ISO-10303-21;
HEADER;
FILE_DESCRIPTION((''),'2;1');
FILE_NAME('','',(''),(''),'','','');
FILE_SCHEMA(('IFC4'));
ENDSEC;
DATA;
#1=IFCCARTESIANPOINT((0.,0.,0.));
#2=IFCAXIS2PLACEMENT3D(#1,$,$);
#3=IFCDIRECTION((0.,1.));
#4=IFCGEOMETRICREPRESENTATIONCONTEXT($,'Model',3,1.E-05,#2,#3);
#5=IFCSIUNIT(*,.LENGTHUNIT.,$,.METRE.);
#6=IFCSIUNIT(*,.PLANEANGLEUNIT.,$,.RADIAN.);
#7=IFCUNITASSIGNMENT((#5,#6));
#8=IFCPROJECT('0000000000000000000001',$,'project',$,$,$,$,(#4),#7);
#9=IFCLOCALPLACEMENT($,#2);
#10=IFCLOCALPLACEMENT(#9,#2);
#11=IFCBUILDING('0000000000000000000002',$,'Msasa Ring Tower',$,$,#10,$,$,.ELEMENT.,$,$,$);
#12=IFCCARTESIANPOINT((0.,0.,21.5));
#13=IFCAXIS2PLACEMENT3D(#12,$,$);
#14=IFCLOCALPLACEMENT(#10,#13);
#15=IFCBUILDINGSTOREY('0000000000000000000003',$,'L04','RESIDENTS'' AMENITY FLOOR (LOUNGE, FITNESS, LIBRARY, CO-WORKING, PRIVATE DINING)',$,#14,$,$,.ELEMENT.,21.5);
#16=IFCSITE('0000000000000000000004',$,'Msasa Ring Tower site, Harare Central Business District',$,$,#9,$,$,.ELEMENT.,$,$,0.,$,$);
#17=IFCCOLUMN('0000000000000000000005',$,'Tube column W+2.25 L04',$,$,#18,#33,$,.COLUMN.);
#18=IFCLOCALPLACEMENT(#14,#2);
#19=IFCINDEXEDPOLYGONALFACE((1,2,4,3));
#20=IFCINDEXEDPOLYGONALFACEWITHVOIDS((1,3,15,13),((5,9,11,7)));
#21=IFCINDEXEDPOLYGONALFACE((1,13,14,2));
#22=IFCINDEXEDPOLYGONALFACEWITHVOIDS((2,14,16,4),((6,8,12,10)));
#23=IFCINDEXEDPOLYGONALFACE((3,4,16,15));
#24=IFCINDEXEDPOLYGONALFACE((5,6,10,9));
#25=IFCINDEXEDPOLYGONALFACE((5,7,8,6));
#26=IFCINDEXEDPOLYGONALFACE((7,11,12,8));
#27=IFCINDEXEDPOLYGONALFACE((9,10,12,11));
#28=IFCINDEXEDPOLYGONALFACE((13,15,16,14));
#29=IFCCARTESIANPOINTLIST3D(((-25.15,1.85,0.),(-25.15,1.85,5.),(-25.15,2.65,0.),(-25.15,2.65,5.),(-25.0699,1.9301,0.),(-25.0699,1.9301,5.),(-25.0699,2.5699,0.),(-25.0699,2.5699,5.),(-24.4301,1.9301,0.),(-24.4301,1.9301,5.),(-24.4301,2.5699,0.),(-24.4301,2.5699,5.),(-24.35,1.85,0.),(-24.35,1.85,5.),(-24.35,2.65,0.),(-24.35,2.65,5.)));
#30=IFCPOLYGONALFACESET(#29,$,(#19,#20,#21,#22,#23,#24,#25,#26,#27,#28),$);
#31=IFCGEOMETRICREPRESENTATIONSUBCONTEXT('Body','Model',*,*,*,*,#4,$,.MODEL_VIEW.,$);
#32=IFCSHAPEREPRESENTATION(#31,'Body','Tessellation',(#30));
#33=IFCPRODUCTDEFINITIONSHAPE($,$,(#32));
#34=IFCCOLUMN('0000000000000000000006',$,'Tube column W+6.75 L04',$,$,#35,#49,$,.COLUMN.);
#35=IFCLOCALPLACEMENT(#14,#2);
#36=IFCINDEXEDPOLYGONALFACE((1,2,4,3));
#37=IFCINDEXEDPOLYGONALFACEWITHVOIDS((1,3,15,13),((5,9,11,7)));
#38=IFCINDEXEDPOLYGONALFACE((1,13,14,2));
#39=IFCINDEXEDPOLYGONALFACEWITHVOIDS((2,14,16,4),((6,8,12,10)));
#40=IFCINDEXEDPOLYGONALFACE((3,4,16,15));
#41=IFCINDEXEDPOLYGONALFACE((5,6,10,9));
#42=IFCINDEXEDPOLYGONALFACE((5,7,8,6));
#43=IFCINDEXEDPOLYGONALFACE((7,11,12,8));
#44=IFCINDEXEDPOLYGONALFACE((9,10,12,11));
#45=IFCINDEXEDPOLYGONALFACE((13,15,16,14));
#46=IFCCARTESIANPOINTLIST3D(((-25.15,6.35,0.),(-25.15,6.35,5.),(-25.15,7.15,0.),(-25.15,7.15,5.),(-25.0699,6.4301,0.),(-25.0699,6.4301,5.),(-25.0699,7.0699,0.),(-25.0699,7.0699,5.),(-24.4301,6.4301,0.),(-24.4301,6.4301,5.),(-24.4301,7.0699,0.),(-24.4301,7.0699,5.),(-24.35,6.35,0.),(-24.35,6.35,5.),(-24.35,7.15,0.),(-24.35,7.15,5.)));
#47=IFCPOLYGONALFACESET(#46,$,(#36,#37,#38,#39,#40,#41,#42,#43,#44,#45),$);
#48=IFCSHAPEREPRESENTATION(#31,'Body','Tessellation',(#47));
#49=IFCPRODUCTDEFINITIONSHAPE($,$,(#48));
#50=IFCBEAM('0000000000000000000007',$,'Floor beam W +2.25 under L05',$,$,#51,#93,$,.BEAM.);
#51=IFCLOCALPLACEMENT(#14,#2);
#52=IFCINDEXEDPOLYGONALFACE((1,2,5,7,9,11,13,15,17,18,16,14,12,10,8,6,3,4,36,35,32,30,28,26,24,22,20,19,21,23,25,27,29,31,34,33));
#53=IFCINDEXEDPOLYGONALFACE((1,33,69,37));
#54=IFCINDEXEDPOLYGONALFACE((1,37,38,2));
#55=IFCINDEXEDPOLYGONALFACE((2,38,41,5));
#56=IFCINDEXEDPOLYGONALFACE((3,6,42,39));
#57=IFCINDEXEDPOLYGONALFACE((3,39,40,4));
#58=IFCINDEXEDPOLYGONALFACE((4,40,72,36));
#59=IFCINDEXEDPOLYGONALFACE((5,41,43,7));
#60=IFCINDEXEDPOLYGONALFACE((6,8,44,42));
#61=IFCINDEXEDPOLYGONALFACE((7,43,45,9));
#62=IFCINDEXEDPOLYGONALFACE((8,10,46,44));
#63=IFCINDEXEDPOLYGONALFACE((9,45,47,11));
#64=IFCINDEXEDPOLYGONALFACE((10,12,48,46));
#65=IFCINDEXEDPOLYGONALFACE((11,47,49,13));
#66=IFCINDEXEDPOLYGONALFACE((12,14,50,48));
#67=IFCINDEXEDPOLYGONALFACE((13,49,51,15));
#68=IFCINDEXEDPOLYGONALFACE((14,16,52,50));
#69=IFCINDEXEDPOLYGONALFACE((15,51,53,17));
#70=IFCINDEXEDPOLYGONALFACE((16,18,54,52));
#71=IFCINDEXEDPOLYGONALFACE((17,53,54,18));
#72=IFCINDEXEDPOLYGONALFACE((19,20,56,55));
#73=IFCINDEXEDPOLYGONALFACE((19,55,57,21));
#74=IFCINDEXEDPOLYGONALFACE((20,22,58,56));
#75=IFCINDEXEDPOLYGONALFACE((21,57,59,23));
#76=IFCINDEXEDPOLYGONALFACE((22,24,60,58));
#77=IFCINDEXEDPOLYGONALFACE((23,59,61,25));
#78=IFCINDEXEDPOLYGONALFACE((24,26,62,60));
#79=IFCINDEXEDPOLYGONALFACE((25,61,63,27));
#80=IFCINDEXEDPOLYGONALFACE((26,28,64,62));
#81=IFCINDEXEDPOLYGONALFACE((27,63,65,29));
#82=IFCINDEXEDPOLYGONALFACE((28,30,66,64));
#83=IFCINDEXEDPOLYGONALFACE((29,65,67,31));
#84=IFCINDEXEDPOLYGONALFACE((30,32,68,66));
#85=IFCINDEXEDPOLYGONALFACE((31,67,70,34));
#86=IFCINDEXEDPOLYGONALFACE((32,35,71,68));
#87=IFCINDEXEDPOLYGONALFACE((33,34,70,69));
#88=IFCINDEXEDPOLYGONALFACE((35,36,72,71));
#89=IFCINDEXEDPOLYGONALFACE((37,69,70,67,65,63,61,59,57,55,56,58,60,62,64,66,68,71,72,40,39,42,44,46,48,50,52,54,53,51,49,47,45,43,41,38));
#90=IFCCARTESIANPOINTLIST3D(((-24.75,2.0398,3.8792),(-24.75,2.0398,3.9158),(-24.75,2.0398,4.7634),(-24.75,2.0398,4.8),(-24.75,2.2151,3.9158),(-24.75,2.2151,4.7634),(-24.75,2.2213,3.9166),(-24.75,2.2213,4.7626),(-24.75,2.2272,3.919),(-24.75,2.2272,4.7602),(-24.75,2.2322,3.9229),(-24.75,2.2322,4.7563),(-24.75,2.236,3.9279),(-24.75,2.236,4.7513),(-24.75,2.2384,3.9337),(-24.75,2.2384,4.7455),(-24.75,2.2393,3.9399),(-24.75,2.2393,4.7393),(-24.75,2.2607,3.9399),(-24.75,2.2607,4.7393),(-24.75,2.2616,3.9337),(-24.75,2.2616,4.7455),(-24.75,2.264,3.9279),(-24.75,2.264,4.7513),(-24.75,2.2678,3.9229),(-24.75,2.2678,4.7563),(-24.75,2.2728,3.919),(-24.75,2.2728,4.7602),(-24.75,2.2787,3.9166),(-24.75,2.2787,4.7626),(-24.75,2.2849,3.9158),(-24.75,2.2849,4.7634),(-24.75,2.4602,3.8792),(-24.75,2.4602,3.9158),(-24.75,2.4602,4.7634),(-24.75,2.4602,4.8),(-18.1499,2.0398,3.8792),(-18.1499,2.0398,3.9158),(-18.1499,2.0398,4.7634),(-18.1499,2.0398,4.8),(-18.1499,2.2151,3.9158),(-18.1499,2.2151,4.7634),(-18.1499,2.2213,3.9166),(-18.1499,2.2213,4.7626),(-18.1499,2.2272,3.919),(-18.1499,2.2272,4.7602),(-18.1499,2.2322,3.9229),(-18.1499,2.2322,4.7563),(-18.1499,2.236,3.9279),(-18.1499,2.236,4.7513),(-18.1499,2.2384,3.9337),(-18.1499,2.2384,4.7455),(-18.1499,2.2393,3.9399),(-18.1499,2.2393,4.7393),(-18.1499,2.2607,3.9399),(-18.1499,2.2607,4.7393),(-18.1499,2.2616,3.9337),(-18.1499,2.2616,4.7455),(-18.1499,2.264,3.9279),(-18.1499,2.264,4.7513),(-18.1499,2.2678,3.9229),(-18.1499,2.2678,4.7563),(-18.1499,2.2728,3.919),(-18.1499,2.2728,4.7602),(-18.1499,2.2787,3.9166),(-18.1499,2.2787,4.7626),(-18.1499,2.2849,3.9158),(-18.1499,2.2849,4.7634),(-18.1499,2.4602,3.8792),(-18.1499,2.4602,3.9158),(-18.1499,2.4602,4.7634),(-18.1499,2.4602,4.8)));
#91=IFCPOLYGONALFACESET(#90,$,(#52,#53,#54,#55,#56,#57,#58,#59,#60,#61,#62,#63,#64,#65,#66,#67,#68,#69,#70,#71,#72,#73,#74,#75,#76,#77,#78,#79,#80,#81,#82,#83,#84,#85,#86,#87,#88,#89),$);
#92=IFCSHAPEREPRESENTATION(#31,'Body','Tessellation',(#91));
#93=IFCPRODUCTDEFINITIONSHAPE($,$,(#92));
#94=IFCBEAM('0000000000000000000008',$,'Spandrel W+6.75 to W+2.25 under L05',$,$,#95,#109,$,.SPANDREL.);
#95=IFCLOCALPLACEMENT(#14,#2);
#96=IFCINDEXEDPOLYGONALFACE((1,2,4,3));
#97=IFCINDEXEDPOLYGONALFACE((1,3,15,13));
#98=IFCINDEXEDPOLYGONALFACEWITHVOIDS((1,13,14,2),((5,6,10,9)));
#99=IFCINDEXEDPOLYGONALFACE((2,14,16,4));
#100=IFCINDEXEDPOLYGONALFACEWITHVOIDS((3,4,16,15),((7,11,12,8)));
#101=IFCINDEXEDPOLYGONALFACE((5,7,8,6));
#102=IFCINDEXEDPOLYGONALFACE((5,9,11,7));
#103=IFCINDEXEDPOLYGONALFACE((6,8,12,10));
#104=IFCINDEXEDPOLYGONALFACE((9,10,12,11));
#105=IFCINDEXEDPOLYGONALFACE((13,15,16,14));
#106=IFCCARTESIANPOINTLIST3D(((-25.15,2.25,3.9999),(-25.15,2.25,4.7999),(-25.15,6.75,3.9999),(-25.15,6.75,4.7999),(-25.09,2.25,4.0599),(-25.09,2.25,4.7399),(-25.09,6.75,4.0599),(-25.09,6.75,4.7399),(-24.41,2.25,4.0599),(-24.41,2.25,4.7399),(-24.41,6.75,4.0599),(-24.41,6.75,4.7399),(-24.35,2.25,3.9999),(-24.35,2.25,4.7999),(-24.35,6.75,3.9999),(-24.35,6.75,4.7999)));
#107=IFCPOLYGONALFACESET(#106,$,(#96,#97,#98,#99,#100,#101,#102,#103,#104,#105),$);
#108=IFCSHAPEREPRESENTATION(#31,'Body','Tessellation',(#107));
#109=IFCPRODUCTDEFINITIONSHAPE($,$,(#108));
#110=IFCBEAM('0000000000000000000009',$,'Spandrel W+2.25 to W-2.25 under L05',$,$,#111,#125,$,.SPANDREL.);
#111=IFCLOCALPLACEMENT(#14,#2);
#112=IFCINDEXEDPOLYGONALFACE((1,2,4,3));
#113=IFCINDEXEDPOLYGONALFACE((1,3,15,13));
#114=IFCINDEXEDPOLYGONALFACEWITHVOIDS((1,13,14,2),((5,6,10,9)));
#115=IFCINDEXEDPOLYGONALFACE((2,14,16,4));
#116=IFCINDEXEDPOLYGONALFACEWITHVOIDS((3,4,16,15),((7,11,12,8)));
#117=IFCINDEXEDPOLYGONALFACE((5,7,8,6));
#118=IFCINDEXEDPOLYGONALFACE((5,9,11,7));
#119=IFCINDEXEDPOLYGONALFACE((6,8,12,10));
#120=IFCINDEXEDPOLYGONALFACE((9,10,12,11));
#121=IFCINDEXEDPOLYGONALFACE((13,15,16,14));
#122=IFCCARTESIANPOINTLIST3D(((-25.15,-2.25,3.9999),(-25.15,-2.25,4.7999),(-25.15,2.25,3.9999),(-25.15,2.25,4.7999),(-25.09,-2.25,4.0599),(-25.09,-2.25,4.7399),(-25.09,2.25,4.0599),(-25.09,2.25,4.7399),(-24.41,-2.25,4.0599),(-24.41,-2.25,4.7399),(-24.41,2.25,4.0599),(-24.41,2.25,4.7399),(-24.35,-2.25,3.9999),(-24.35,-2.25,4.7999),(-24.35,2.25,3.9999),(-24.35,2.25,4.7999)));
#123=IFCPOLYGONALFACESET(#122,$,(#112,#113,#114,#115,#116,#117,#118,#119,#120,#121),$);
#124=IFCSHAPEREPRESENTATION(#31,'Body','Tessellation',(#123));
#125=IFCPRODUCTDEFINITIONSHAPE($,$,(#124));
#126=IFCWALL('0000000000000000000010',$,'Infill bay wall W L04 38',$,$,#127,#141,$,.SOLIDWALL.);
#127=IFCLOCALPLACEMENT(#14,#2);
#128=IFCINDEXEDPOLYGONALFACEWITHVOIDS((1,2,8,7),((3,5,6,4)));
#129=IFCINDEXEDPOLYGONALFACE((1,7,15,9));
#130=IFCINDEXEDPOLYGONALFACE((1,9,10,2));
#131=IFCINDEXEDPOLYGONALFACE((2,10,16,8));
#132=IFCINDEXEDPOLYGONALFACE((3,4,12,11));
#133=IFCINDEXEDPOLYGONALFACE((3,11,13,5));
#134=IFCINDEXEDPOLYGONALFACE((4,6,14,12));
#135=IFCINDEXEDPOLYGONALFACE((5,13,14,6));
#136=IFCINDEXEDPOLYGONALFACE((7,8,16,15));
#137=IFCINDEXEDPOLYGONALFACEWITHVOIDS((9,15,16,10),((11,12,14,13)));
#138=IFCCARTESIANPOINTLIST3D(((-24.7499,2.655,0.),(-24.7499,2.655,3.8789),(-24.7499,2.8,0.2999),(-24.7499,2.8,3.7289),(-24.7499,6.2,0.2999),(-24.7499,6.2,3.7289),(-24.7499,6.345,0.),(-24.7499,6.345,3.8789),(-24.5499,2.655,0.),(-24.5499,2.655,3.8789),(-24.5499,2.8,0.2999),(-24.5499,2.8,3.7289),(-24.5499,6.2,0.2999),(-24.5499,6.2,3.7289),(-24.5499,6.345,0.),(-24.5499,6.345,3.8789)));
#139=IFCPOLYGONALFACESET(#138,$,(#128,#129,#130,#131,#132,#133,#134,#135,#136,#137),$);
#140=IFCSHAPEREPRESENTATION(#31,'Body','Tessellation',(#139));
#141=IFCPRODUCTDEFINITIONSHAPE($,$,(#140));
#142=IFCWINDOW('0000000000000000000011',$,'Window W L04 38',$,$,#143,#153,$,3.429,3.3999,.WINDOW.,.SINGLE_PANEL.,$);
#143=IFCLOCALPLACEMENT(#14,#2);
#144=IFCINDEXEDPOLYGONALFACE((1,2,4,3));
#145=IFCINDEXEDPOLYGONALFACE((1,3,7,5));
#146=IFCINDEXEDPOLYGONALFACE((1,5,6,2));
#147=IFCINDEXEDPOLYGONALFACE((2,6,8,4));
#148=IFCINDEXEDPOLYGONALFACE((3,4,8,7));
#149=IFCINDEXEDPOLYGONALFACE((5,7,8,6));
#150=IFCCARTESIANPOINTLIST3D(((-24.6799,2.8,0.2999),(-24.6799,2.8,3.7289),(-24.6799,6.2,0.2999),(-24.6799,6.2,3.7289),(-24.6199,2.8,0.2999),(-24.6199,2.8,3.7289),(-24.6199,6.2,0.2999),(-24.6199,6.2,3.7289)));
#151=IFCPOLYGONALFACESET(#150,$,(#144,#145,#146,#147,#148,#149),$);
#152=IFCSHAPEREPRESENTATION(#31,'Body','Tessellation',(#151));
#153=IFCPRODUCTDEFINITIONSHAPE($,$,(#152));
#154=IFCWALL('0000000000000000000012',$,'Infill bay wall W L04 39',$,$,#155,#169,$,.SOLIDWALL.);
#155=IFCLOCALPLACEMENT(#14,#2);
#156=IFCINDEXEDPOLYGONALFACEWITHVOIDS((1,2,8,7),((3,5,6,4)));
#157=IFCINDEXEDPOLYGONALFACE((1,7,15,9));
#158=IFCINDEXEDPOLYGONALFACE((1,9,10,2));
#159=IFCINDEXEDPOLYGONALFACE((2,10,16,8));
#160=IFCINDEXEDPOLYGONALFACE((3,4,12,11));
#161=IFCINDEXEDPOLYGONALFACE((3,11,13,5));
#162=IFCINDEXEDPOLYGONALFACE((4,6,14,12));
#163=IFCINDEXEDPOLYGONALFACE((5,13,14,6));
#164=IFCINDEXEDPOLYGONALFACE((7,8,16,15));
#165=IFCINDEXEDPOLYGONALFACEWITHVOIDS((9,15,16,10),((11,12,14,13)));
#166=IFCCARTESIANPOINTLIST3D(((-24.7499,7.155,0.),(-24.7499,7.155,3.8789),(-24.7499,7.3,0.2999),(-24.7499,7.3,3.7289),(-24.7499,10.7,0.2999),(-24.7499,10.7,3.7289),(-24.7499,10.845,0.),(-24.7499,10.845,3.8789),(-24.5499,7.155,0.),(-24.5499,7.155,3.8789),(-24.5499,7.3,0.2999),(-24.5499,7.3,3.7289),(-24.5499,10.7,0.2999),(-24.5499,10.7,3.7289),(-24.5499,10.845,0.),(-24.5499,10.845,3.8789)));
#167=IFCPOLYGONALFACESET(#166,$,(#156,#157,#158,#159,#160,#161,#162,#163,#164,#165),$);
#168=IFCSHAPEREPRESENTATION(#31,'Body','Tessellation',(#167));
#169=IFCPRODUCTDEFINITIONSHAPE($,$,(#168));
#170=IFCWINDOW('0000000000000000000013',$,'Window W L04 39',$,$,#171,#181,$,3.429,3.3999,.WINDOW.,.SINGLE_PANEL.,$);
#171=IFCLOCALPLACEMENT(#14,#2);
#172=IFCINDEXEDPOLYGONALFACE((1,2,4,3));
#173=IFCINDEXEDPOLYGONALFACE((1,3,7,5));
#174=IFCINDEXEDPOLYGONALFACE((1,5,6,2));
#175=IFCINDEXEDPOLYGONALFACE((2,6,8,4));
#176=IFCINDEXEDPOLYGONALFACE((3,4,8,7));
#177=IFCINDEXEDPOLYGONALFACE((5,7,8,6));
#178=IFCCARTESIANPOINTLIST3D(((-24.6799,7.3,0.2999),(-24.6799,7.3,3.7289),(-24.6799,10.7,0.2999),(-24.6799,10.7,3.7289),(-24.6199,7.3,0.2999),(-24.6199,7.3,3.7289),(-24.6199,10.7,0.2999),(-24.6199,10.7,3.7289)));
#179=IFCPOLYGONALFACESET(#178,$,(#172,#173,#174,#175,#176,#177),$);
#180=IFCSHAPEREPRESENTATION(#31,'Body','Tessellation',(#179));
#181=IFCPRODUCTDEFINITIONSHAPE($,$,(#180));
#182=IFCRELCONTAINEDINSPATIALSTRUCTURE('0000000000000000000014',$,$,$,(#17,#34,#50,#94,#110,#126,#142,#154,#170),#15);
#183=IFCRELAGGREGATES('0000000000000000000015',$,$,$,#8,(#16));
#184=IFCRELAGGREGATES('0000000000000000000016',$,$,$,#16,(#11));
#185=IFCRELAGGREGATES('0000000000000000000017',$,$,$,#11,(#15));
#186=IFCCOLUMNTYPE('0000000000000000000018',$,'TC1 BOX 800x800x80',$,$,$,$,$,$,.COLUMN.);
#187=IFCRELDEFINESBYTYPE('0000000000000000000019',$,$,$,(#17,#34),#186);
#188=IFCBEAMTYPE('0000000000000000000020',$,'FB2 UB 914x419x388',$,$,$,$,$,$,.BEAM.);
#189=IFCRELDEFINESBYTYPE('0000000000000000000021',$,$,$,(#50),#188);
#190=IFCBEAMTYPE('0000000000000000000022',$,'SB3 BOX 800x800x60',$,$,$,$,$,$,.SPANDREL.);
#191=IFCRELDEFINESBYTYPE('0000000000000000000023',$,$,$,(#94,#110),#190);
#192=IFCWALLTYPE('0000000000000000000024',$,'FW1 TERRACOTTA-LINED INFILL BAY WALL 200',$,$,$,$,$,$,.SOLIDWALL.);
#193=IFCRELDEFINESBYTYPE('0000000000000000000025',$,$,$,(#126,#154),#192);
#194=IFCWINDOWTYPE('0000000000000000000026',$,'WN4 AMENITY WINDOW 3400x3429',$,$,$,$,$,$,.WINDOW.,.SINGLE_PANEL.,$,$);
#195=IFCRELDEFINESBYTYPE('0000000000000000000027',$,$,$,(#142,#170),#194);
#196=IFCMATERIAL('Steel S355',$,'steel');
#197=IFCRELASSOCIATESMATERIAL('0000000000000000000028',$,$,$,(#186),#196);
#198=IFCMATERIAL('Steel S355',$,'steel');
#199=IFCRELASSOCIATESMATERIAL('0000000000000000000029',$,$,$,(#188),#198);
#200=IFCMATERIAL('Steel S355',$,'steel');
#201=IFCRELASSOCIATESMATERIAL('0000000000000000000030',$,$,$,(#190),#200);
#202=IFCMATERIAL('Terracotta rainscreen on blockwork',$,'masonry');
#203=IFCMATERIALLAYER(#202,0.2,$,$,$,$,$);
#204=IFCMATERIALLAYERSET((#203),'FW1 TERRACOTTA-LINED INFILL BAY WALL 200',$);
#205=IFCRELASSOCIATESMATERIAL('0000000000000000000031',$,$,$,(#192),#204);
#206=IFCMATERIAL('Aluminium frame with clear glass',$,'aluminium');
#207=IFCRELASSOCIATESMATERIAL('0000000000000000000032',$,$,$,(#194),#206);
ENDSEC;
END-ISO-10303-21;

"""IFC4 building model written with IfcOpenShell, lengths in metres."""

from ifc_helpers import new_model, si_unit, direction, frame, frame_2d, origin, origin_2d, place, context, subcontext, project, spatial, rectangle, hollow_rectangle, i_section, extrude, material, layer, layer_set, material_profile, profile_set, type_object, element, fill, save


model = new_model("IFC4")

# Units and contexts
model_context = context("Model", 3, precision=1e-05, world=origin(), true_north=direction((0.0, 1.0)))
body_context = subcontext(model_context, "Body", "Model", "MODEL_VIEW")
ifc_project = project(units=[si_unit("LENGTHUNIT", "METRE"), si_unit("PLANEANGLEUNIT", "RADIAN")], contexts=[model_context])

# Site, building, storey
site_placement = place(None, origin())
site = spatial("IfcSite", under=ifc_project, at=site_placement, Name="Msasa Ring Tower site, Harare Central Business District", CompositionType="ELEMENT", RefElevation=0.0)
building_placement = place(site_placement, origin())
building = spatial("IfcBuilding", under=site, at=building_placement, Name="Msasa Ring Tower", CompositionType="ELEMENT")
storey_placement = place(building_placement, frame((0.0, 0.0, 21.5)))
storey = spatial("IfcBuildingStorey", under=building, at=storey_placement, Name="L04", Description="RESIDENTS' AMENITY FLOOR (LOUNGE, FITNESS, LIBRARY, CO-WORKING, PRIVATE DINING)", CompositionType="ELEMENT", Elevation=21.5)

# Columns
ifc_material_1 = material(Name="Steel S355", Category="steel")
ifc_material_profile_1 = material_profile(ifc_material_1, hollow_rectangle(XDim=0.8, YDim=0.8, WallThickness=0.0801, at=origin_2d()), Name="BOX 800x800x80")
ifc_profile_set_1 = profile_set([ifc_material_profile_1], Name="Steel S355")
column_type = type_object("IfcColumnType", Name="TC1 BOX 800x800x80", PredefinedType="COLUMN", material=ifc_profile_set_1)
for number, where, z_axis, x_axis, name in (
    (1, (-24.75, 2.25, 0.0), (0.0, 0.0, 1.0), (1.0, 0.0, 0.0), "Tube column W+2.25 L04"),
    (2, (-24.75, 6.75, 0.0), (0.0, 0.0, 1.0), (1.0, 0.0, 0.0), "Tube column W+6.75 L04"),
):
    element("IfcColumn", number, at=place(storey_placement, frame(where, z_axis=z_axis, x_axis=x_axis)), inside=storey, type_object=column_type, Name=name, PredefinedType="COLUMN", context=body_context, shape_type="SweptSolid", body=[
        extrude(hollow_rectangle(XDim=0.8, YDim=0.8, WallThickness=0.0801, at=origin_2d()), origin(), (0.0, 0.0, 1.0), 5.0),
    ])

# Beams
ifc_material_2 = material(Name="Steel S355", Category="steel")
ifc_material_profile_2 = material_profile(ifc_material_2, i_section(OverallWidth=0.4204, OverallDepth=0.9209, WebThickness=0.0215, FlangeThickness=0.0366, FilletRadius=0.0242, at=origin_2d()), Name="UB 914x419x388")
ifc_profile_set_2 = profile_set([ifc_material_profile_2], Name="Steel S355")
beam_type_1 = type_object("IfcBeamType", Name="FB2 UB 914x419x388", PredefinedType="BEAM", material=ifc_profile_set_2)
beam_placement = place(storey_placement, frame((-24.75, 2.25, 4.3396), z_axis=(1.0, 0.0, 0.0), x_axis=(0.0, 1.0, 0.0)))
element("IfcBeam", 3, at=beam_placement, inside=storey, type_object=beam_type_1, Name="Floor beam W +2.25 under L05", PredefinedType="BEAM", context=body_context, shape_type="SweptSolid", body=[
    extrude(i_section(OverallWidth=0.4204, OverallDepth=0.9209, WebThickness=0.0215, FlangeThickness=0.0366, FilletRadius=0.0242, at=origin_2d()), origin(), (0.0, 0.0, 1.0), 6.6001),
])
ifc_material_3 = material(Name="Steel S355", Category="steel")
ifc_material_profile_3 = material_profile(ifc_material_3, hollow_rectangle(XDim=0.8, YDim=0.8, WallThickness=0.0601, at=origin_2d()), Name="BOX 800x800x60")
ifc_profile_set_3 = profile_set([ifc_material_profile_3], Name="Steel S355")
beam_type_2 = type_object("IfcBeamType", Name="SB3 BOX 800x800x60", PredefinedType="SPANDREL", material=ifc_profile_set_3)
for number, where, z_axis, x_axis, name in (
    (4, (-24.75, 6.75, 4.3999), (0.0, -1.0, 0.0), (1.0, 0.0, 0.0), "Spandrel W+6.75 to W+2.25 under L05"),
    (5, (-24.75, 2.25, 4.3999), (0.0, -1.0, 0.0), (1.0, 0.0, 0.0), "Spandrel W+2.25 to W-2.25 under L05"),
):
    element("IfcBeam", number, at=place(storey_placement, frame(where, z_axis=z_axis, x_axis=x_axis)), inside=storey, type_object=beam_type_2, Name=name, PredefinedType="SPANDREL", context=body_context, shape_type="SweptSolid", body=[
        extrude(hollow_rectangle(XDim=0.8, YDim=0.8, WallThickness=0.0601, at=origin_2d()), origin(), (0.0, 0.0, 1.0), 4.5),
    ])

# Walls, openings, windows
ifc_material_4 = material(Name="Terracotta rainscreen on blockwork", Category="masonry")
ifc_layer_1 = layer(ifc_material_4, 0.2)
ifc_layer_set_1 = layer_set([ifc_layer_1], Name="FW1 TERRACOTTA-LINED INFILL BAY WALL 200")
wall_type_1 = type_object("IfcWallType", Name="FW1 TERRACOTTA-LINED INFILL BAY WALL 200", PredefinedType="SOLIDWALL", material=ifc_layer_set_1)
wall_1_placement = place(storey_placement, frame((-24.6499, 2.655, 0.0), z_axis=(0.0, 0.0, 1.0), x_axis=(0.0, 1.0, 0.0)))
wall_1 = element("IfcWall", 6, at=wall_1_placement, inside=storey, type_object=wall_type_1, Name="Infill bay wall W L04 38", PredefinedType="SOLIDWALL", context=body_context, shape_type="SweptSolid", body=[
    extrude(rectangle(XDim=3.6899, YDim=0.2, at=frame_2d((1.845, 0.0))), origin(), (0.0, 0.0, 1.0), 3.8789),
])
opening_1_placement = place(wall_1_placement, frame((0.145, 0.0, 0.3)))
opening_1 = element("IfcOpeningElement", 7, at=opening_1_placement, cuts=wall_1, PredefinedType="OPENING", context=body_context, shape_type="SweptSolid", body=[
    extrude(rectangle(XDim=3.3999, YDim=3.429, at=frame_2d((1.7, 1.7144))), frame((0.0, 0.1099, 0.0), z_axis=(0.0, -1.0, 0.0), x_axis=(1.0, 0.0, 0.0)), (0.0, 0.0, 1.0), 0.22),
])
ifc_material_5 = material(Name="Aluminium frame with clear glass", Category="aluminium")
window_type = type_object("IfcWindowType", Name="WN4 AMENITY WINDOW 3400x3429", PartitioningType="SINGLE_PANEL", PredefinedType="WINDOW", material=ifc_material_5)
window_1_placement = place(opening_1_placement, origin())
window_1 = element("IfcWindow", 8, at=window_1_placement, inside=storey, type_object=window_type, Name="Window W L04 38", OverallHeight=3.429, OverallWidth=3.3999, PartitioningType="SINGLE_PANEL", PredefinedType="WINDOW", context=body_context, shape_type="SweptSolid", body=[
    extrude(rectangle(XDim=3.3999, YDim=3.429, at=frame_2d((1.7, 1.7144))), frame((0.0, 0.03, 0.0), z_axis=(0.0, -1.0, 0.0), x_axis=(1.0, 0.0, 0.0)), (0.0, 0.0, 1.0), 0.0601),
])
fill(opening_1, window_1)
wall_2_placement = place(storey_placement, frame((-24.6499, 7.155, 0.0), z_axis=(0.0, 0.0, 1.0), x_axis=(0.0, 1.0, 0.0)))
wall_2 = element("IfcWall", 9, at=wall_2_placement, inside=storey, type_object=wall_type_1, Name="Infill bay wall W L04 39", PredefinedType="SOLIDWALL", context=body_context, shape_type="SweptSolid", body=[
    extrude(rectangle(XDim=3.6899, YDim=0.2, at=frame_2d((1.845, 0.0))), origin(), (0.0, 0.0, 1.0), 3.8789),
])
opening_2_placement = place(wall_2_placement, frame((0.145, 0.0, 0.3)))
opening_2 = element("IfcOpeningElement", 10, at=opening_2_placement, cuts=wall_2, PredefinedType="OPENING", context=body_context, shape_type="SweptSolid", body=[
    extrude(rectangle(XDim=3.3999, YDim=3.429, at=frame_2d((1.7, 1.7144))), frame((0.0, 0.1099, 0.0), z_axis=(0.0, -1.0, 0.0), x_axis=(1.0, 0.0, 0.0)), (0.0, 0.0, 1.0), 0.22),
])
window_2_placement = place(opening_2_placement, origin())
window_2 = element("IfcWindow", 11, at=window_2_placement, inside=storey, type_object=window_type, Name="Window W L04 39", OverallHeight=3.429, OverallWidth=3.3999, PartitioningType="SINGLE_PANEL", PredefinedType="WINDOW", context=body_context, shape_type="SweptSolid", body=[
    extrude(rectangle(XDim=3.3999, YDim=3.429, at=frame_2d((1.7, 1.7144))), frame((0.0, 0.03, 0.0), z_axis=(0.0, -1.0, 0.0), x_axis=(1.0, 0.0, 0.0)), (0.0, 0.0, 1.0), 0.0601),
])
fill(opening_2, window_2)

save(model, "model.ifc")
